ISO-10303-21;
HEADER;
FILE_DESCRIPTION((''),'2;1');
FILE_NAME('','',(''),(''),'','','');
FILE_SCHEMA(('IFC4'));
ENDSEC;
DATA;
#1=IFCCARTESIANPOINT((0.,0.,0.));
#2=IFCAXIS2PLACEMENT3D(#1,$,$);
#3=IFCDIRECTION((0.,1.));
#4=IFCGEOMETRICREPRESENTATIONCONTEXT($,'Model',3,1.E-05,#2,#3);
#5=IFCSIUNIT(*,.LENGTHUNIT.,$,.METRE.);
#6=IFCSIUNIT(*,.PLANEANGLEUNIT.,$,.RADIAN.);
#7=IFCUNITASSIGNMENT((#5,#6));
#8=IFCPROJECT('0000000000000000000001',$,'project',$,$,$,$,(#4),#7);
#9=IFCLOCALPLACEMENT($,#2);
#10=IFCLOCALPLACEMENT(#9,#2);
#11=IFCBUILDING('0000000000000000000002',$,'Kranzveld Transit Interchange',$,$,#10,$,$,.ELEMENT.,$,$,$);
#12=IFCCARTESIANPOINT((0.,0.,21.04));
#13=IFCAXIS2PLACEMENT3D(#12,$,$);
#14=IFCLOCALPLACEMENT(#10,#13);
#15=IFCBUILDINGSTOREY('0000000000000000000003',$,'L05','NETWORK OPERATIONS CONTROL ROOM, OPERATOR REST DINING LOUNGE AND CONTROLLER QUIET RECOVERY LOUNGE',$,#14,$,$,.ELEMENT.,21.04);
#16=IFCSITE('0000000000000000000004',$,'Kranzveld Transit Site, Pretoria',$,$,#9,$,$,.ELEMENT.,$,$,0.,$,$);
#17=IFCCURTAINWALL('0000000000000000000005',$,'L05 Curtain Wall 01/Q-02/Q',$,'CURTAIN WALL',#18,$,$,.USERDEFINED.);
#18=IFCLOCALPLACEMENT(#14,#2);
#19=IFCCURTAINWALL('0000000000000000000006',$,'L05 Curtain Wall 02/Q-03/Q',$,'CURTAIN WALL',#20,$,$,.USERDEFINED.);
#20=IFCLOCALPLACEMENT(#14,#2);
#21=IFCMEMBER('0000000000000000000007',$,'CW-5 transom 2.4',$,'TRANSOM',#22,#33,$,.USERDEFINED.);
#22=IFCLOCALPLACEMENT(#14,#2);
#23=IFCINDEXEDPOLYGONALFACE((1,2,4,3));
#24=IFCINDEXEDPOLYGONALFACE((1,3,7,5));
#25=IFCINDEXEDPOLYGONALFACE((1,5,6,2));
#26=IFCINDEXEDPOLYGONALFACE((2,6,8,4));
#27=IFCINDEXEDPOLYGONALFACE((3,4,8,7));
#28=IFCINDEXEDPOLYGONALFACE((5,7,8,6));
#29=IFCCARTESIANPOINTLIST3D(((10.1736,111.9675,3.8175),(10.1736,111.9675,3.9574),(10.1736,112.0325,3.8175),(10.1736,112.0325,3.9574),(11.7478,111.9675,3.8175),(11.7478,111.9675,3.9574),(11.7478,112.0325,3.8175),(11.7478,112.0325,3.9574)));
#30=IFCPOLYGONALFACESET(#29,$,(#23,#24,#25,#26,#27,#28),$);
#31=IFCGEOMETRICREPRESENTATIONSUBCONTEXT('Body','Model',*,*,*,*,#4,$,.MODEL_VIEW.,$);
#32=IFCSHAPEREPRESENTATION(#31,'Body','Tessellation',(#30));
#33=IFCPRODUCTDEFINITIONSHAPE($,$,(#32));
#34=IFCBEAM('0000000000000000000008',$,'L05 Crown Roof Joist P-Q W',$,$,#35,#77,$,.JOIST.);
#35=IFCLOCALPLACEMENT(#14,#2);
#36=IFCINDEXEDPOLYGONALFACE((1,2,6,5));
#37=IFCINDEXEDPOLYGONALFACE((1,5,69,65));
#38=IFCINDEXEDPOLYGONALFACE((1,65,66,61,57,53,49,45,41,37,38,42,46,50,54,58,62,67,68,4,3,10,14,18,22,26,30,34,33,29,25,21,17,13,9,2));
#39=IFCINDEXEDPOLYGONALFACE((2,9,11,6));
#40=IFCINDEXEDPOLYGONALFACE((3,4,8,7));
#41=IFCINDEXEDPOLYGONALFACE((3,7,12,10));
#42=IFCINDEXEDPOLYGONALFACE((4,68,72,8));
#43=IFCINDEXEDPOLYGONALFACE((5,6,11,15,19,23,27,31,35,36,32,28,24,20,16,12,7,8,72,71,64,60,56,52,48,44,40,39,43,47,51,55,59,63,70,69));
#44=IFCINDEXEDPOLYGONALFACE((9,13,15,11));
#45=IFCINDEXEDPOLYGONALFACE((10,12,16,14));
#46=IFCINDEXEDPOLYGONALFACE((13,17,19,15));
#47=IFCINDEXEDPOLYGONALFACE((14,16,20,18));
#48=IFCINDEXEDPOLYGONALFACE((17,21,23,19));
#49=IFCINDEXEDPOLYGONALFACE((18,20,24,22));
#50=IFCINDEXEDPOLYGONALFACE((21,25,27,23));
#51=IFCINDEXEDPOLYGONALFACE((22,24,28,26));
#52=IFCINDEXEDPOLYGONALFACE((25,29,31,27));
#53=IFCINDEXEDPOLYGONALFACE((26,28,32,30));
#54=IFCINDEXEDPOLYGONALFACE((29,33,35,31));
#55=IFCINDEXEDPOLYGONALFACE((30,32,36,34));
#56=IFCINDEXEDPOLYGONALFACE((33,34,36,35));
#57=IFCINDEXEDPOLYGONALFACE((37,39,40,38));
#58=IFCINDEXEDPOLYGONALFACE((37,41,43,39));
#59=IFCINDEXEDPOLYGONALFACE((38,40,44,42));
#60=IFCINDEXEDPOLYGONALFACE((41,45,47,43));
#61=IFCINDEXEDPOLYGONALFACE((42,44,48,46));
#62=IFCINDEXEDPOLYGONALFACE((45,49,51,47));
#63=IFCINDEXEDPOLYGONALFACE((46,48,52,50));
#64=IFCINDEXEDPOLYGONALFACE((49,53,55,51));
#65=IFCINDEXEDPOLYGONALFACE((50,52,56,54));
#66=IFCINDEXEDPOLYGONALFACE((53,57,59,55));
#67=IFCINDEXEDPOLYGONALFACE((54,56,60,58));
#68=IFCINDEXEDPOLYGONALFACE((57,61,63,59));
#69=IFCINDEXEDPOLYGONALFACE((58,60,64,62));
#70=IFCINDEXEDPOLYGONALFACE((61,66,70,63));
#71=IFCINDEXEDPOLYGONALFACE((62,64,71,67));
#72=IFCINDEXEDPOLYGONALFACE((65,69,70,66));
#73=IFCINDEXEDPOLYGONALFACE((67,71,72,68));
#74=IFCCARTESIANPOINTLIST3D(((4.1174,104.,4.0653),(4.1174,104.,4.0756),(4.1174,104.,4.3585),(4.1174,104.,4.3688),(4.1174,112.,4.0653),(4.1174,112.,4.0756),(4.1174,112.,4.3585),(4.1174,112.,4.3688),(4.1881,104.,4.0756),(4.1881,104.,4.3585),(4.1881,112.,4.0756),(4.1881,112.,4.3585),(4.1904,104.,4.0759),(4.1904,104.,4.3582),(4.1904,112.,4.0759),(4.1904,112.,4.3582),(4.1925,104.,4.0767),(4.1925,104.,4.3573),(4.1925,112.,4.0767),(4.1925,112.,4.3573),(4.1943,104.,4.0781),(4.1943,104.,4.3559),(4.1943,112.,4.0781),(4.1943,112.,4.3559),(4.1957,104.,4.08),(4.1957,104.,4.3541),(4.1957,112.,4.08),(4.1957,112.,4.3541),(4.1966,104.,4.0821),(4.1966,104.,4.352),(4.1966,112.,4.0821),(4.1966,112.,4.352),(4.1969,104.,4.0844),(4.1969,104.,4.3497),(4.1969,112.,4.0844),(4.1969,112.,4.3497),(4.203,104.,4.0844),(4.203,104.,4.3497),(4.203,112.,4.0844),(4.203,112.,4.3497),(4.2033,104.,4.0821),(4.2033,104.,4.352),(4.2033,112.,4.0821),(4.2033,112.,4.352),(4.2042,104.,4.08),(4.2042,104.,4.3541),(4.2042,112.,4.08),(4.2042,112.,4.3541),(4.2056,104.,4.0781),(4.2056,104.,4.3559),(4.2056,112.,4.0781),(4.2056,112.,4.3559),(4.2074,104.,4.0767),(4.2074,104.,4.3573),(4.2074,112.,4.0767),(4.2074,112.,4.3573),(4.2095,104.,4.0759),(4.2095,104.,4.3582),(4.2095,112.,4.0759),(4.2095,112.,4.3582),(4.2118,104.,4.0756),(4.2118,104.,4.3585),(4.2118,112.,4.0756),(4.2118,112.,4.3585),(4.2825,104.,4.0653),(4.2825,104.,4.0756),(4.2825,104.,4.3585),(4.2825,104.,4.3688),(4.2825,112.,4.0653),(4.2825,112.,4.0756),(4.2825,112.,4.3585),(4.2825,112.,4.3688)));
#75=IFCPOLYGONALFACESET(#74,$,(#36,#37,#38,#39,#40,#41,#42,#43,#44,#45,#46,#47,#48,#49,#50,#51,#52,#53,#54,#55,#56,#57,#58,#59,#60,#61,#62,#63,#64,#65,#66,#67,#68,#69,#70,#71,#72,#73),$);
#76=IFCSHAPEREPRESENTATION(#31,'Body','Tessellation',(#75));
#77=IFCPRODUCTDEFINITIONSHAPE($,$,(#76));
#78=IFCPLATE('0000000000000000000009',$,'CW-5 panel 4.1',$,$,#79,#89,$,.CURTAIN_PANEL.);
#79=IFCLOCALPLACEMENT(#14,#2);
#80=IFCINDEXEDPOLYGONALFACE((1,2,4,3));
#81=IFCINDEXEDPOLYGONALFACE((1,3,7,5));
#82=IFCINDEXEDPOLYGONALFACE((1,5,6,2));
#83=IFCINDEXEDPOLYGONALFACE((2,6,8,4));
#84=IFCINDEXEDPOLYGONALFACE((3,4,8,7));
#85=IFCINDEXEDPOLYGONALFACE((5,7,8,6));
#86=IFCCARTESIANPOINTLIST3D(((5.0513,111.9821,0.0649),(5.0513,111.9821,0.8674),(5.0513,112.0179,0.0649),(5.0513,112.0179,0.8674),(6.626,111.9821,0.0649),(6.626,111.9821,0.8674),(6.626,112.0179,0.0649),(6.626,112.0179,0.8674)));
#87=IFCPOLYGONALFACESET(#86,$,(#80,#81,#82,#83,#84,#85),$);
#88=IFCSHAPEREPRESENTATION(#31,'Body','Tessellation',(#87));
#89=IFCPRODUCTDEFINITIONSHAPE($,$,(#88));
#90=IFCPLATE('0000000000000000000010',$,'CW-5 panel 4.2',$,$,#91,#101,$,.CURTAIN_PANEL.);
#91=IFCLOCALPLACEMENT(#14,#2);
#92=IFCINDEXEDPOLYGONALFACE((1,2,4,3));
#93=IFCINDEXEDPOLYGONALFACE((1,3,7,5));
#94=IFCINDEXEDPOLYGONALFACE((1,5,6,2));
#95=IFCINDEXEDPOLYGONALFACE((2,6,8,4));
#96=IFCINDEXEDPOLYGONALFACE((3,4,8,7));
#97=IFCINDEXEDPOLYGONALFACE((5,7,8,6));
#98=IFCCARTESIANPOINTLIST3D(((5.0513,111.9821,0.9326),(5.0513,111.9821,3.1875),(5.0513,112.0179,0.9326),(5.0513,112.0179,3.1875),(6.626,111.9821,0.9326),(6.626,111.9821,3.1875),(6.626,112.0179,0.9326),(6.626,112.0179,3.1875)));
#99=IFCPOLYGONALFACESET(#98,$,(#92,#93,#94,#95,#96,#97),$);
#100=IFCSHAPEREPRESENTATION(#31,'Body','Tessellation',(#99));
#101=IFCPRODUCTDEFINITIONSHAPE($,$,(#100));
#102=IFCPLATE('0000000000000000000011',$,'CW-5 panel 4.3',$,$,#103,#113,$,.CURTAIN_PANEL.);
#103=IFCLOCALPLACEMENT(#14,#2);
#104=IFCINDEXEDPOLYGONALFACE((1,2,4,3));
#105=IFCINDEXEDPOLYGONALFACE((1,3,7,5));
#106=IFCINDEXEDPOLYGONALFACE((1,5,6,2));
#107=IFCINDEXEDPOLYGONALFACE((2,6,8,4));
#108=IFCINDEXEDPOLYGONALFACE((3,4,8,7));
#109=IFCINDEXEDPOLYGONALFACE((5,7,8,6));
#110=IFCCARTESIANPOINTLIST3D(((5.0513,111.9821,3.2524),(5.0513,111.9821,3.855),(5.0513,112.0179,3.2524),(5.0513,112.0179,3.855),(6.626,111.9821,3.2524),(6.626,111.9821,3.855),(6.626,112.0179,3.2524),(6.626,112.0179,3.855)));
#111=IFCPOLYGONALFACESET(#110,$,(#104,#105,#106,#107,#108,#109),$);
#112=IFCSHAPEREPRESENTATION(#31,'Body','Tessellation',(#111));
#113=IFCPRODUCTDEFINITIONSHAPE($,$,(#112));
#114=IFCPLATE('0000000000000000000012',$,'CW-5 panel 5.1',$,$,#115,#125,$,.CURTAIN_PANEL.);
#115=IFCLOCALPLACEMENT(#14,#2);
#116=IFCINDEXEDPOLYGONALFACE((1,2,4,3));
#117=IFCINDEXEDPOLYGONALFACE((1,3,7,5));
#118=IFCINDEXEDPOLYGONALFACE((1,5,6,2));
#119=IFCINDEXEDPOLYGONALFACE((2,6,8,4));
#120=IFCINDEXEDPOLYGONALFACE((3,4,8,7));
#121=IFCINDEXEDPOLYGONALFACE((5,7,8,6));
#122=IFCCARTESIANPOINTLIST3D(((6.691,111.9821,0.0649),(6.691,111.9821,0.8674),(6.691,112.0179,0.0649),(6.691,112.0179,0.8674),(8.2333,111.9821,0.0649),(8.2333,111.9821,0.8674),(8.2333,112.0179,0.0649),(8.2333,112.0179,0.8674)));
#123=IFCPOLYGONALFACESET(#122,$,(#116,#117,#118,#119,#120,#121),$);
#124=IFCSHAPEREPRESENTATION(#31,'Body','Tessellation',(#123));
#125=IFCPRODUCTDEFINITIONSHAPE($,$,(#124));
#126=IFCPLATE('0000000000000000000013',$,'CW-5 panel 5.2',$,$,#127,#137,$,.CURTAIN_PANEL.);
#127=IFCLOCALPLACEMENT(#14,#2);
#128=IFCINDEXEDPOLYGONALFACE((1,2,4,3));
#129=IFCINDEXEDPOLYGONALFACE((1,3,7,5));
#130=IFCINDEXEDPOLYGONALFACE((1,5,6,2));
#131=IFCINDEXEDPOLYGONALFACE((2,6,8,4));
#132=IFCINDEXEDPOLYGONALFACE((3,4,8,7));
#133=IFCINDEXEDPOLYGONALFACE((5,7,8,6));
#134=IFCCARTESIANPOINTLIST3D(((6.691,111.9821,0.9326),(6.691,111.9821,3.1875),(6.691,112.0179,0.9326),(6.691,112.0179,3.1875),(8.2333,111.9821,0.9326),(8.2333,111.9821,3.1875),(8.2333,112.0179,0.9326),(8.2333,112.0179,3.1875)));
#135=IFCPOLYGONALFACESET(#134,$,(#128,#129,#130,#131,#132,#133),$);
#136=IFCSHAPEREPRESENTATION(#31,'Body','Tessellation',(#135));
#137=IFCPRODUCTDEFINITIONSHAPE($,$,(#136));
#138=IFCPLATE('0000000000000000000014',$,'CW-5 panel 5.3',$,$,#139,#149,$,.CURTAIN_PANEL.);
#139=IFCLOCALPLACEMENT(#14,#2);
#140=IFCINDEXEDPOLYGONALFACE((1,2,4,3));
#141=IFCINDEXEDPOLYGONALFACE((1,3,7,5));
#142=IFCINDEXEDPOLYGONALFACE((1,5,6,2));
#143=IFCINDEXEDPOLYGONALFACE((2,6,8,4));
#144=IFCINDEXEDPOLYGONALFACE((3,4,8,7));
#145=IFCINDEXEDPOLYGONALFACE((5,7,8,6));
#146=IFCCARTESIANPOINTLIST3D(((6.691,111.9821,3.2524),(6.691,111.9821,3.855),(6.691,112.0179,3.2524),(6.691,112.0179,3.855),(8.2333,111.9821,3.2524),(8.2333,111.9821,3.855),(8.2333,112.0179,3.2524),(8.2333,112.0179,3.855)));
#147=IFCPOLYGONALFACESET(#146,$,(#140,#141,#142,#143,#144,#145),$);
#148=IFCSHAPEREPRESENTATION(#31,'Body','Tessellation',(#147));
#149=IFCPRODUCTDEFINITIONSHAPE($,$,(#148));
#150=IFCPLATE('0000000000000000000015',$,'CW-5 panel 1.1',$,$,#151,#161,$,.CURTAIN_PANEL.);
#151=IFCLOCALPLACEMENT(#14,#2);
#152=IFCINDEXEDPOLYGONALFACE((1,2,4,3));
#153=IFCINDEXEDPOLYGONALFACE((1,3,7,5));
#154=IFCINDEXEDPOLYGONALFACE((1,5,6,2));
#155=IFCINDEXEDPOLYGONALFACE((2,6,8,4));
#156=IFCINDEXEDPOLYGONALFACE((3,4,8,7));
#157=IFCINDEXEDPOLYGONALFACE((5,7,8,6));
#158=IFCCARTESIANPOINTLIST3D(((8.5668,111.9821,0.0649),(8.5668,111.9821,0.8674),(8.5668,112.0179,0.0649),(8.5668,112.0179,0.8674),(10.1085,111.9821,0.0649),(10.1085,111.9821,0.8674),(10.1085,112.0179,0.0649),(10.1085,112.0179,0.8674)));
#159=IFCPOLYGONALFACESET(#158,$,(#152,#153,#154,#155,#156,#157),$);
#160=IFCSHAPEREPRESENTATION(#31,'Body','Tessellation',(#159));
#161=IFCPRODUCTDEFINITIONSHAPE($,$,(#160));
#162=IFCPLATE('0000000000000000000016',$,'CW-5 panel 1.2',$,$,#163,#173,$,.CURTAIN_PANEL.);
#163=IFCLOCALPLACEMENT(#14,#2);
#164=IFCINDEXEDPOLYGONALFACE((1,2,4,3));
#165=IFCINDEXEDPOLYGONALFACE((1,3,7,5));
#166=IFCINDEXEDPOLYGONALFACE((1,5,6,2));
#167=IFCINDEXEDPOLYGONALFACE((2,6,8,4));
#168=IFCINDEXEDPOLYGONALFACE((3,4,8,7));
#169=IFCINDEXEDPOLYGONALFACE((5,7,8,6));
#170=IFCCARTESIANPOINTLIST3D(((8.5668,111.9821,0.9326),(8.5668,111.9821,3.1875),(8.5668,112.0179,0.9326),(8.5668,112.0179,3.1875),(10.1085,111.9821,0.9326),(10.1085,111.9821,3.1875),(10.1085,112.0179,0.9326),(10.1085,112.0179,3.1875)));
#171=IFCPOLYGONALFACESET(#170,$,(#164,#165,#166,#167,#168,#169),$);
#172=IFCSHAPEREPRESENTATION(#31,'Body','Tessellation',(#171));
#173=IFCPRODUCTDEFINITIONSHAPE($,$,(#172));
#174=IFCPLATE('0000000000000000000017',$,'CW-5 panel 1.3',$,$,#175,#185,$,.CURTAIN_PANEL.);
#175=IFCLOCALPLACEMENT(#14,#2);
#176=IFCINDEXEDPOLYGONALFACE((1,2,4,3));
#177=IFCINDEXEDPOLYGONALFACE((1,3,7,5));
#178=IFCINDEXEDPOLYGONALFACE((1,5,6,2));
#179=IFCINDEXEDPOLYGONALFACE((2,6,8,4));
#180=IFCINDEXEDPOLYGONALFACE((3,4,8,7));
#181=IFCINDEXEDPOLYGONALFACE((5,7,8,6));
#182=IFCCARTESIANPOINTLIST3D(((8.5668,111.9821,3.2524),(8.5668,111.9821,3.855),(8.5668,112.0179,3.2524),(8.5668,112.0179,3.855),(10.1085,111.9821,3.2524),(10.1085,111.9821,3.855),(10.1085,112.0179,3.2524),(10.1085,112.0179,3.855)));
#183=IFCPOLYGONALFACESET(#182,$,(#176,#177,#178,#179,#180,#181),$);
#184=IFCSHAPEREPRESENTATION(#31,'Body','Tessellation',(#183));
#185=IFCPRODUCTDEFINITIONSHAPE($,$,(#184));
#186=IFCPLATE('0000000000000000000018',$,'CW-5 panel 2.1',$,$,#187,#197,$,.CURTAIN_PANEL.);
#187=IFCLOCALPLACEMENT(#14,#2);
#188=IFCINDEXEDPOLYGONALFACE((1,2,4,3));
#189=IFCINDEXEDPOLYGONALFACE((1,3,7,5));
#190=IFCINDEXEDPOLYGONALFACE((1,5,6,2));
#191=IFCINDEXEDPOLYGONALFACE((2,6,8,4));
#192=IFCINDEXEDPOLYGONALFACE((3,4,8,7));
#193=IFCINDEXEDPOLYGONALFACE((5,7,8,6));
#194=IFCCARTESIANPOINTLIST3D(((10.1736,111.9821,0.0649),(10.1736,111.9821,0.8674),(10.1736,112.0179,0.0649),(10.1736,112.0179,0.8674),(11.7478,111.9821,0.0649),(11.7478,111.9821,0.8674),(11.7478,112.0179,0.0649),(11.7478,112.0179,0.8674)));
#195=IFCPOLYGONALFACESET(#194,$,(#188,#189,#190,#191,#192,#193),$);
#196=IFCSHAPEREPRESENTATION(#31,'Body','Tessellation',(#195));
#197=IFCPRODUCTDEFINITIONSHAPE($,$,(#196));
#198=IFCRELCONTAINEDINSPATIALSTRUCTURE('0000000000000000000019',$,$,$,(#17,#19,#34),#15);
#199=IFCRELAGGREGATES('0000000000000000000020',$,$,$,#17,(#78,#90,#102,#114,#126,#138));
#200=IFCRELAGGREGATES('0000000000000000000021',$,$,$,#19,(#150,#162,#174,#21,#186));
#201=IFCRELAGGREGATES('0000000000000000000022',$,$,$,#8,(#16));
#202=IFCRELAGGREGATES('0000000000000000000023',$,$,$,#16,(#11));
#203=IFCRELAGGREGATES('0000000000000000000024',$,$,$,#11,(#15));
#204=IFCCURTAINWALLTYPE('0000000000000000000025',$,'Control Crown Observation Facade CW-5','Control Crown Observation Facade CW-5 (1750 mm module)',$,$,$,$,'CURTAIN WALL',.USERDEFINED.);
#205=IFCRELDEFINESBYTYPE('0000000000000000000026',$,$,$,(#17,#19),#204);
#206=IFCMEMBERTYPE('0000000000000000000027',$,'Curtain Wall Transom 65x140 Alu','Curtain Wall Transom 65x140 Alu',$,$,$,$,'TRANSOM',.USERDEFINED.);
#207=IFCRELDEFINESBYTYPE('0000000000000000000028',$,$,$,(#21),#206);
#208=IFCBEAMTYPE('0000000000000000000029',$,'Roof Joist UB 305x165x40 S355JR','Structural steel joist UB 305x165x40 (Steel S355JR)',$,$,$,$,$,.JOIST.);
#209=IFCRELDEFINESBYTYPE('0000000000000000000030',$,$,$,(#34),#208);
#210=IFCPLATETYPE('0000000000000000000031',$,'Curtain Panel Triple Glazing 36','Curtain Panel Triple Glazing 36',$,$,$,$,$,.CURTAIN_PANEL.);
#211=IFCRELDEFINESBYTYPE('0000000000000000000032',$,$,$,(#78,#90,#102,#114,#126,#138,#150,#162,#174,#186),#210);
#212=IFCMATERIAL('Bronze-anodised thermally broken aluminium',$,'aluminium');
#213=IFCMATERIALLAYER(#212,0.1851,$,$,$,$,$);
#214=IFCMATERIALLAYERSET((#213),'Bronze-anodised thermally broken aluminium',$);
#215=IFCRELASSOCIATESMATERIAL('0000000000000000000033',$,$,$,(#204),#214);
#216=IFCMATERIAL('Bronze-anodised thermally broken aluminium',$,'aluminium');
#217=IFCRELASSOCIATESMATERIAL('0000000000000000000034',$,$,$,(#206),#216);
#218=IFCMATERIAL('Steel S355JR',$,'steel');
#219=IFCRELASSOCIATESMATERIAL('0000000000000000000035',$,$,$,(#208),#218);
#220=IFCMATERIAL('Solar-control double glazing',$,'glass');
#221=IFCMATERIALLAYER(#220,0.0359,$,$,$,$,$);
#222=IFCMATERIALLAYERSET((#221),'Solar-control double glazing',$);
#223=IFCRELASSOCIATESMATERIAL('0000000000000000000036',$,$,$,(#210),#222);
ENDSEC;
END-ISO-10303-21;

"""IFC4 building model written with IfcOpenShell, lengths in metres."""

from ifc_helpers import new_model, si_unit, direction, frame, origin, origin_2d, place, context, subcontext, project, spatial, rectangle, i_section, extrude, material, layer, layer_set, material_profile, profile_set, type_object, element, aggregate, save


model = new_model("IFC4")

# Units and contexts
model_context = context("Model", 3, precision=1e-05, world=origin(), true_north=direction((0.0, 1.0)))
body_context = subcontext(model_context, "Body", "Model", "MODEL_VIEW")
ifc_project = project(units=[si_unit("LENGTHUNIT", "METRE"), si_unit("PLANEANGLEUNIT", "RADIAN")], contexts=[model_context])

# Site, building, storey
site_placement = place(None, origin())
site = spatial("IfcSite", under=ifc_project, at=site_placement, Name="Kranzveld Transit Site, Pretoria", CompositionType="ELEMENT", RefElevation=0.0)
building_placement = place(site_placement, origin())
building = spatial("IfcBuilding", under=site, at=building_placement, Name="Kranzveld Transit Interchange", CompositionType="ELEMENT")
storey_placement = place(building_placement, frame((0.0, 0.0, 21.04)))
storey = spatial("IfcBuildingStorey", under=building, at=storey_placement, Name="L05", Description="NETWORK OPERATIONS CONTROL ROOM, OPERATOR REST DINING LOUNGE AND CONTROLLER QUIET RECOVERY LOUNGE", CompositionType="ELEMENT", Elevation=21.04)

# Curtain walls
ifc_material_1 = material(Name="Bronze-anodised thermally broken aluminium", Category="aluminium")
ifc_layer_1 = layer(ifc_material_1, 0.1851)
ifc_layer_set_1 = layer_set([ifc_layer_1], Name="Bronze-anodised thermally broken aluminium")
curtain_wall_type = type_object("IfcCurtainWallType", Name="Control Crown Observation Facade CW-5", Description="Control Crown Observation Facade CW-5 (1750 mm module)", ElementType="CURTAIN WALL", PredefinedType="USERDEFINED", material=ifc_layer_set_1)
curtain_wall_1_placement = place(storey_placement, origin())
curtain_wall_1 = element("IfcCurtainWall", 1, at=curtain_wall_1_placement, inside=storey, type_object=curtain_wall_type, Name="L05 Curtain Wall 01/Q-02/Q", ObjectType="CURTAIN WALL", PredefinedType="USERDEFINED")
curtain_wall_2_placement = place(storey_placement, origin())
curtain_wall_2 = element("IfcCurtainWall", 2, at=curtain_wall_2_placement, inside=storey, type_object=curtain_wall_type, Name="L05 Curtain Wall 02/Q-03/Q", ObjectType="CURTAIN WALL", PredefinedType="USERDEFINED")

# Member
ifc_material_2 = material(Name="Bronze-anodised thermally broken aluminium", Category="aluminium")
ifc_material_profile_1 = material_profile(ifc_material_2, rectangle(XDim=0.0649, YDim=0.1399, at=origin_2d()), Name="ALU TRANSOM 65x140")
ifc_profile_set_1 = profile_set([ifc_material_profile_1], Name="Bronze-anodised thermally broken aluminium")
member_type_1 = type_object("IfcMemberType", Name="Curtain Wall Transom 65x140 Alu", Description="Curtain Wall Transom 65x140 Alu", ElementType="TRANSOM", PredefinedType="USERDEFINED", material=ifc_profile_set_1)
member_1_placement = place(storey_placement, frame((10.1736, 112.0, 3.8875), z_axis=(1.0, 0.0, 0.0), x_axis=(0.0, 1.0, 0.0)))
member_1 = element("IfcMember", 3, at=member_1_placement, type_object=member_type_1, Name="CW-5 transom 2.4", ObjectType="TRANSOM", PredefinedType="USERDEFINED", context=body_context, shape_type="SweptSolid", body=[
    extrude(rectangle(XDim=0.0649, YDim=0.1399, at=origin_2d()), origin(), (0.0, 0.0, 1.0), 1.5742),
])

# Beam
ifc_material_3 = material(Name="Steel S355JR", Category="steel")
ifc_material_profile_2 = material_profile(ifc_material_3, i_section(OverallWidth=0.165, OverallDepth=0.3035, WebThickness=0.0061, FlangeThickness=0.0103, FilletRadius=0.0088, at=origin_2d()), Name="UB 305x165x40")
ifc_profile_set_2 = profile_set([ifc_material_profile_2], Name="Steel S355JR")
beam_type_1 = type_object("IfcBeamType", Name="Roof Joist UB 305x165x40 S355JR", Description="Structural steel joist UB 305x165x40 (Steel S355JR)", PredefinedType="JOIST", material=ifc_profile_set_2)
beam_1_placement = place(storey_placement, frame((4.2, 104.0, 4.217), z_axis=(0.0, 1.0, 0.0), x_axis=(-1.0, 0.0, 0.0)))
element("IfcBeam", 4, at=beam_1_placement, inside=storey, type_object=beam_type_1, Name="L05 Crown Roof Joist P-Q W", PredefinedType="JOIST", context=body_context, shape_type="SweptSolid", body=[
    extrude(i_section(OverallWidth=0.165, OverallDepth=0.3035, WebThickness=0.0061, FlangeThickness=0.0103, FilletRadius=0.0088, at=origin_2d()), origin(), (0.0, 0.0, 1.0), 8.0),
])

# Plates
ifc_material_4 = material(Name="Solar-control double glazing", Category="glass")
ifc_layer_2 = layer(ifc_material_4, 0.0359)
ifc_layer_set_2 = layer_set([ifc_layer_2], Name="Solar-control double glazing")
plate_type = type_object("IfcPlateType", Name="Curtain Panel Triple Glazing 36", Description="Curtain Panel Triple Glazing 36", PredefinedType="CURTAIN_PANEL", material=ifc_layer_set_2)
plate_1_placement = place(storey_placement, frame((5.8386, 112.0, 0.0649), z_axis=(0.0, 0.0, 1.0), x_axis=(1.0, 0.0, 0.0)))
plate_1 = element("IfcPlate", 5, at=plate_1_placement, type_object=plate_type, Name="CW-5 panel 4.1", PredefinedType="CURTAIN_PANEL", context=body_context, shape_type="SweptSolid", body=[
    extrude(rectangle(XDim=1.5747, YDim=0.0359, at=origin_2d()), origin(), (0.0, 0.0, 1.0), 0.8025),
])
plate_2_placement = place(storey_placement, frame((5.8386, 112.0, 0.9326), z_axis=(0.0, 0.0, 1.0), x_axis=(1.0, 0.0, 0.0)))
plate_2 = element("IfcPlate", 6, at=plate_2_placement, type_object=plate_type, Name="CW-5 panel 4.2", PredefinedType="CURTAIN_PANEL", context=body_context, shape_type="SweptSolid", body=[
    extrude(rectangle(XDim=1.5747, YDim=0.0359, at=origin_2d()), origin(), (0.0, 0.0, 1.0), 2.2549),
])
plate_3_placement = place(storey_placement, frame((5.8386, 112.0, 3.2524), z_axis=(0.0, 0.0, 1.0), x_axis=(1.0, 0.0, 0.0)))
plate_3 = element("IfcPlate", 7, at=plate_3_placement, type_object=plate_type, Name="CW-5 panel 4.3", PredefinedType="CURTAIN_PANEL", context=body_context, shape_type="SweptSolid", body=[
    extrude(rectangle(XDim=1.5747, YDim=0.0359, at=origin_2d()), origin(), (0.0, 0.0, 1.0), 0.6025),
])
plate_4_placement = place(storey_placement, frame((7.4622, 112.0, 0.0649), z_axis=(0.0, 0.0, 1.0), x_axis=(1.0, 0.0, 0.0)))
plate_4 = element("IfcPlate", 8, at=plate_4_placement, type_object=plate_type, Name="CW-5 panel 5.1", PredefinedType="CURTAIN_PANEL", context=body_context, shape_type="SweptSolid", body=[
    extrude(rectangle(XDim=1.5422, YDim=0.0359, at=origin_2d()), origin(), (0.0, 0.0, 1.0), 0.8025),
])
plate_5_placement = place(storey_placement, frame((7.4622, 112.0, 0.9326), z_axis=(0.0, 0.0, 1.0), x_axis=(1.0, 0.0, 0.0)))
plate_5 = element("IfcPlate", 9, at=plate_5_placement, type_object=plate_type, Name="CW-5 panel 5.2", PredefinedType="CURTAIN_PANEL", context=body_context, shape_type="SweptSolid", body=[
    extrude(rectangle(XDim=1.5422, YDim=0.0359, at=origin_2d()), origin(), (0.0, 0.0, 1.0), 2.2549),
])
plate_6_placement = place(storey_placement, frame((7.4622, 112.0, 3.2524), z_axis=(0.0, 0.0, 1.0), x_axis=(1.0, 0.0, 0.0)))
plate_6 = element("IfcPlate", 10, at=plate_6_placement, type_object=plate_type, Name="CW-5 panel 5.3", PredefinedType="CURTAIN_PANEL", context=body_context, shape_type="SweptSolid", body=[
    extrude(rectangle(XDim=1.5422, YDim=0.0359, at=origin_2d()), origin(), (0.0, 0.0, 1.0), 0.6025),
])
aggregate(curtain_wall_1, [plate_1, plate_2, plate_3, plate_4, plate_5, plate_6])
plate_7_placement = place(storey_placement, frame((9.3376, 112.0, 0.0649), z_axis=(0.0, 0.0, 1.0), x_axis=(1.0, 0.0, 0.0)))
plate_7 = element("IfcPlate", 11, at=plate_7_placement, type_object=plate_type, Name="CW-5 panel 1.1", PredefinedType="CURTAIN_PANEL", context=body_context, shape_type="SweptSolid", body=[
    extrude(rectangle(XDim=1.5417, YDim=0.0359, at=origin_2d()), origin(), (0.0, 0.0, 1.0), 0.8025),
])
plate_8_placement = place(storey_placement, frame((9.3376, 112.0, 0.9326), z_axis=(0.0, 0.0, 1.0), x_axis=(1.0, 0.0, 0.0)))
plate_8 = element("IfcPlate", 12, at=plate_8_placement, type_object=plate_type, Name="CW-5 panel 1.2", PredefinedType="CURTAIN_PANEL", context=body_context, shape_type="SweptSolid", body=[
    extrude(rectangle(XDim=1.5417, YDim=0.0359, at=origin_2d()), origin(), (0.0, 0.0, 1.0), 2.2549),
])
plate_9_placement = place(storey_placement, frame((9.3376, 112.0, 3.2524), z_axis=(0.0, 0.0, 1.0), x_axis=(1.0, 0.0, 0.0)))
plate_9 = element("IfcPlate", 13, at=plate_9_placement, type_object=plate_type, Name="CW-5 panel 1.3", PredefinedType="CURTAIN_PANEL", context=body_context, shape_type="SweptSolid", body=[
    extrude(rectangle(XDim=1.5417, YDim=0.0359, at=origin_2d()), origin(), (0.0, 0.0, 1.0), 0.6025),
])
plate_10_placement = place(storey_placement, frame((10.9607, 112.0, 0.0649), z_axis=(0.0, 0.0, 1.0), x_axis=(1.0, 0.0, 0.0)))
plate_10 = element("IfcPlate", 14, at=plate_10_placement, type_object=plate_type, Name="CW-5 panel 2.1", PredefinedType="CURTAIN_PANEL", context=body_context, shape_type="SweptSolid", body=[
    extrude(rectangle(XDim=1.5742, YDim=0.0359, at=origin_2d()), origin(), (0.0, 0.0, 1.0), 0.8025),
])
aggregate(curtain_wall_2, [plate_7, plate_8, plate_9, member_1, plate_10])

save(model, "model.ifc")
